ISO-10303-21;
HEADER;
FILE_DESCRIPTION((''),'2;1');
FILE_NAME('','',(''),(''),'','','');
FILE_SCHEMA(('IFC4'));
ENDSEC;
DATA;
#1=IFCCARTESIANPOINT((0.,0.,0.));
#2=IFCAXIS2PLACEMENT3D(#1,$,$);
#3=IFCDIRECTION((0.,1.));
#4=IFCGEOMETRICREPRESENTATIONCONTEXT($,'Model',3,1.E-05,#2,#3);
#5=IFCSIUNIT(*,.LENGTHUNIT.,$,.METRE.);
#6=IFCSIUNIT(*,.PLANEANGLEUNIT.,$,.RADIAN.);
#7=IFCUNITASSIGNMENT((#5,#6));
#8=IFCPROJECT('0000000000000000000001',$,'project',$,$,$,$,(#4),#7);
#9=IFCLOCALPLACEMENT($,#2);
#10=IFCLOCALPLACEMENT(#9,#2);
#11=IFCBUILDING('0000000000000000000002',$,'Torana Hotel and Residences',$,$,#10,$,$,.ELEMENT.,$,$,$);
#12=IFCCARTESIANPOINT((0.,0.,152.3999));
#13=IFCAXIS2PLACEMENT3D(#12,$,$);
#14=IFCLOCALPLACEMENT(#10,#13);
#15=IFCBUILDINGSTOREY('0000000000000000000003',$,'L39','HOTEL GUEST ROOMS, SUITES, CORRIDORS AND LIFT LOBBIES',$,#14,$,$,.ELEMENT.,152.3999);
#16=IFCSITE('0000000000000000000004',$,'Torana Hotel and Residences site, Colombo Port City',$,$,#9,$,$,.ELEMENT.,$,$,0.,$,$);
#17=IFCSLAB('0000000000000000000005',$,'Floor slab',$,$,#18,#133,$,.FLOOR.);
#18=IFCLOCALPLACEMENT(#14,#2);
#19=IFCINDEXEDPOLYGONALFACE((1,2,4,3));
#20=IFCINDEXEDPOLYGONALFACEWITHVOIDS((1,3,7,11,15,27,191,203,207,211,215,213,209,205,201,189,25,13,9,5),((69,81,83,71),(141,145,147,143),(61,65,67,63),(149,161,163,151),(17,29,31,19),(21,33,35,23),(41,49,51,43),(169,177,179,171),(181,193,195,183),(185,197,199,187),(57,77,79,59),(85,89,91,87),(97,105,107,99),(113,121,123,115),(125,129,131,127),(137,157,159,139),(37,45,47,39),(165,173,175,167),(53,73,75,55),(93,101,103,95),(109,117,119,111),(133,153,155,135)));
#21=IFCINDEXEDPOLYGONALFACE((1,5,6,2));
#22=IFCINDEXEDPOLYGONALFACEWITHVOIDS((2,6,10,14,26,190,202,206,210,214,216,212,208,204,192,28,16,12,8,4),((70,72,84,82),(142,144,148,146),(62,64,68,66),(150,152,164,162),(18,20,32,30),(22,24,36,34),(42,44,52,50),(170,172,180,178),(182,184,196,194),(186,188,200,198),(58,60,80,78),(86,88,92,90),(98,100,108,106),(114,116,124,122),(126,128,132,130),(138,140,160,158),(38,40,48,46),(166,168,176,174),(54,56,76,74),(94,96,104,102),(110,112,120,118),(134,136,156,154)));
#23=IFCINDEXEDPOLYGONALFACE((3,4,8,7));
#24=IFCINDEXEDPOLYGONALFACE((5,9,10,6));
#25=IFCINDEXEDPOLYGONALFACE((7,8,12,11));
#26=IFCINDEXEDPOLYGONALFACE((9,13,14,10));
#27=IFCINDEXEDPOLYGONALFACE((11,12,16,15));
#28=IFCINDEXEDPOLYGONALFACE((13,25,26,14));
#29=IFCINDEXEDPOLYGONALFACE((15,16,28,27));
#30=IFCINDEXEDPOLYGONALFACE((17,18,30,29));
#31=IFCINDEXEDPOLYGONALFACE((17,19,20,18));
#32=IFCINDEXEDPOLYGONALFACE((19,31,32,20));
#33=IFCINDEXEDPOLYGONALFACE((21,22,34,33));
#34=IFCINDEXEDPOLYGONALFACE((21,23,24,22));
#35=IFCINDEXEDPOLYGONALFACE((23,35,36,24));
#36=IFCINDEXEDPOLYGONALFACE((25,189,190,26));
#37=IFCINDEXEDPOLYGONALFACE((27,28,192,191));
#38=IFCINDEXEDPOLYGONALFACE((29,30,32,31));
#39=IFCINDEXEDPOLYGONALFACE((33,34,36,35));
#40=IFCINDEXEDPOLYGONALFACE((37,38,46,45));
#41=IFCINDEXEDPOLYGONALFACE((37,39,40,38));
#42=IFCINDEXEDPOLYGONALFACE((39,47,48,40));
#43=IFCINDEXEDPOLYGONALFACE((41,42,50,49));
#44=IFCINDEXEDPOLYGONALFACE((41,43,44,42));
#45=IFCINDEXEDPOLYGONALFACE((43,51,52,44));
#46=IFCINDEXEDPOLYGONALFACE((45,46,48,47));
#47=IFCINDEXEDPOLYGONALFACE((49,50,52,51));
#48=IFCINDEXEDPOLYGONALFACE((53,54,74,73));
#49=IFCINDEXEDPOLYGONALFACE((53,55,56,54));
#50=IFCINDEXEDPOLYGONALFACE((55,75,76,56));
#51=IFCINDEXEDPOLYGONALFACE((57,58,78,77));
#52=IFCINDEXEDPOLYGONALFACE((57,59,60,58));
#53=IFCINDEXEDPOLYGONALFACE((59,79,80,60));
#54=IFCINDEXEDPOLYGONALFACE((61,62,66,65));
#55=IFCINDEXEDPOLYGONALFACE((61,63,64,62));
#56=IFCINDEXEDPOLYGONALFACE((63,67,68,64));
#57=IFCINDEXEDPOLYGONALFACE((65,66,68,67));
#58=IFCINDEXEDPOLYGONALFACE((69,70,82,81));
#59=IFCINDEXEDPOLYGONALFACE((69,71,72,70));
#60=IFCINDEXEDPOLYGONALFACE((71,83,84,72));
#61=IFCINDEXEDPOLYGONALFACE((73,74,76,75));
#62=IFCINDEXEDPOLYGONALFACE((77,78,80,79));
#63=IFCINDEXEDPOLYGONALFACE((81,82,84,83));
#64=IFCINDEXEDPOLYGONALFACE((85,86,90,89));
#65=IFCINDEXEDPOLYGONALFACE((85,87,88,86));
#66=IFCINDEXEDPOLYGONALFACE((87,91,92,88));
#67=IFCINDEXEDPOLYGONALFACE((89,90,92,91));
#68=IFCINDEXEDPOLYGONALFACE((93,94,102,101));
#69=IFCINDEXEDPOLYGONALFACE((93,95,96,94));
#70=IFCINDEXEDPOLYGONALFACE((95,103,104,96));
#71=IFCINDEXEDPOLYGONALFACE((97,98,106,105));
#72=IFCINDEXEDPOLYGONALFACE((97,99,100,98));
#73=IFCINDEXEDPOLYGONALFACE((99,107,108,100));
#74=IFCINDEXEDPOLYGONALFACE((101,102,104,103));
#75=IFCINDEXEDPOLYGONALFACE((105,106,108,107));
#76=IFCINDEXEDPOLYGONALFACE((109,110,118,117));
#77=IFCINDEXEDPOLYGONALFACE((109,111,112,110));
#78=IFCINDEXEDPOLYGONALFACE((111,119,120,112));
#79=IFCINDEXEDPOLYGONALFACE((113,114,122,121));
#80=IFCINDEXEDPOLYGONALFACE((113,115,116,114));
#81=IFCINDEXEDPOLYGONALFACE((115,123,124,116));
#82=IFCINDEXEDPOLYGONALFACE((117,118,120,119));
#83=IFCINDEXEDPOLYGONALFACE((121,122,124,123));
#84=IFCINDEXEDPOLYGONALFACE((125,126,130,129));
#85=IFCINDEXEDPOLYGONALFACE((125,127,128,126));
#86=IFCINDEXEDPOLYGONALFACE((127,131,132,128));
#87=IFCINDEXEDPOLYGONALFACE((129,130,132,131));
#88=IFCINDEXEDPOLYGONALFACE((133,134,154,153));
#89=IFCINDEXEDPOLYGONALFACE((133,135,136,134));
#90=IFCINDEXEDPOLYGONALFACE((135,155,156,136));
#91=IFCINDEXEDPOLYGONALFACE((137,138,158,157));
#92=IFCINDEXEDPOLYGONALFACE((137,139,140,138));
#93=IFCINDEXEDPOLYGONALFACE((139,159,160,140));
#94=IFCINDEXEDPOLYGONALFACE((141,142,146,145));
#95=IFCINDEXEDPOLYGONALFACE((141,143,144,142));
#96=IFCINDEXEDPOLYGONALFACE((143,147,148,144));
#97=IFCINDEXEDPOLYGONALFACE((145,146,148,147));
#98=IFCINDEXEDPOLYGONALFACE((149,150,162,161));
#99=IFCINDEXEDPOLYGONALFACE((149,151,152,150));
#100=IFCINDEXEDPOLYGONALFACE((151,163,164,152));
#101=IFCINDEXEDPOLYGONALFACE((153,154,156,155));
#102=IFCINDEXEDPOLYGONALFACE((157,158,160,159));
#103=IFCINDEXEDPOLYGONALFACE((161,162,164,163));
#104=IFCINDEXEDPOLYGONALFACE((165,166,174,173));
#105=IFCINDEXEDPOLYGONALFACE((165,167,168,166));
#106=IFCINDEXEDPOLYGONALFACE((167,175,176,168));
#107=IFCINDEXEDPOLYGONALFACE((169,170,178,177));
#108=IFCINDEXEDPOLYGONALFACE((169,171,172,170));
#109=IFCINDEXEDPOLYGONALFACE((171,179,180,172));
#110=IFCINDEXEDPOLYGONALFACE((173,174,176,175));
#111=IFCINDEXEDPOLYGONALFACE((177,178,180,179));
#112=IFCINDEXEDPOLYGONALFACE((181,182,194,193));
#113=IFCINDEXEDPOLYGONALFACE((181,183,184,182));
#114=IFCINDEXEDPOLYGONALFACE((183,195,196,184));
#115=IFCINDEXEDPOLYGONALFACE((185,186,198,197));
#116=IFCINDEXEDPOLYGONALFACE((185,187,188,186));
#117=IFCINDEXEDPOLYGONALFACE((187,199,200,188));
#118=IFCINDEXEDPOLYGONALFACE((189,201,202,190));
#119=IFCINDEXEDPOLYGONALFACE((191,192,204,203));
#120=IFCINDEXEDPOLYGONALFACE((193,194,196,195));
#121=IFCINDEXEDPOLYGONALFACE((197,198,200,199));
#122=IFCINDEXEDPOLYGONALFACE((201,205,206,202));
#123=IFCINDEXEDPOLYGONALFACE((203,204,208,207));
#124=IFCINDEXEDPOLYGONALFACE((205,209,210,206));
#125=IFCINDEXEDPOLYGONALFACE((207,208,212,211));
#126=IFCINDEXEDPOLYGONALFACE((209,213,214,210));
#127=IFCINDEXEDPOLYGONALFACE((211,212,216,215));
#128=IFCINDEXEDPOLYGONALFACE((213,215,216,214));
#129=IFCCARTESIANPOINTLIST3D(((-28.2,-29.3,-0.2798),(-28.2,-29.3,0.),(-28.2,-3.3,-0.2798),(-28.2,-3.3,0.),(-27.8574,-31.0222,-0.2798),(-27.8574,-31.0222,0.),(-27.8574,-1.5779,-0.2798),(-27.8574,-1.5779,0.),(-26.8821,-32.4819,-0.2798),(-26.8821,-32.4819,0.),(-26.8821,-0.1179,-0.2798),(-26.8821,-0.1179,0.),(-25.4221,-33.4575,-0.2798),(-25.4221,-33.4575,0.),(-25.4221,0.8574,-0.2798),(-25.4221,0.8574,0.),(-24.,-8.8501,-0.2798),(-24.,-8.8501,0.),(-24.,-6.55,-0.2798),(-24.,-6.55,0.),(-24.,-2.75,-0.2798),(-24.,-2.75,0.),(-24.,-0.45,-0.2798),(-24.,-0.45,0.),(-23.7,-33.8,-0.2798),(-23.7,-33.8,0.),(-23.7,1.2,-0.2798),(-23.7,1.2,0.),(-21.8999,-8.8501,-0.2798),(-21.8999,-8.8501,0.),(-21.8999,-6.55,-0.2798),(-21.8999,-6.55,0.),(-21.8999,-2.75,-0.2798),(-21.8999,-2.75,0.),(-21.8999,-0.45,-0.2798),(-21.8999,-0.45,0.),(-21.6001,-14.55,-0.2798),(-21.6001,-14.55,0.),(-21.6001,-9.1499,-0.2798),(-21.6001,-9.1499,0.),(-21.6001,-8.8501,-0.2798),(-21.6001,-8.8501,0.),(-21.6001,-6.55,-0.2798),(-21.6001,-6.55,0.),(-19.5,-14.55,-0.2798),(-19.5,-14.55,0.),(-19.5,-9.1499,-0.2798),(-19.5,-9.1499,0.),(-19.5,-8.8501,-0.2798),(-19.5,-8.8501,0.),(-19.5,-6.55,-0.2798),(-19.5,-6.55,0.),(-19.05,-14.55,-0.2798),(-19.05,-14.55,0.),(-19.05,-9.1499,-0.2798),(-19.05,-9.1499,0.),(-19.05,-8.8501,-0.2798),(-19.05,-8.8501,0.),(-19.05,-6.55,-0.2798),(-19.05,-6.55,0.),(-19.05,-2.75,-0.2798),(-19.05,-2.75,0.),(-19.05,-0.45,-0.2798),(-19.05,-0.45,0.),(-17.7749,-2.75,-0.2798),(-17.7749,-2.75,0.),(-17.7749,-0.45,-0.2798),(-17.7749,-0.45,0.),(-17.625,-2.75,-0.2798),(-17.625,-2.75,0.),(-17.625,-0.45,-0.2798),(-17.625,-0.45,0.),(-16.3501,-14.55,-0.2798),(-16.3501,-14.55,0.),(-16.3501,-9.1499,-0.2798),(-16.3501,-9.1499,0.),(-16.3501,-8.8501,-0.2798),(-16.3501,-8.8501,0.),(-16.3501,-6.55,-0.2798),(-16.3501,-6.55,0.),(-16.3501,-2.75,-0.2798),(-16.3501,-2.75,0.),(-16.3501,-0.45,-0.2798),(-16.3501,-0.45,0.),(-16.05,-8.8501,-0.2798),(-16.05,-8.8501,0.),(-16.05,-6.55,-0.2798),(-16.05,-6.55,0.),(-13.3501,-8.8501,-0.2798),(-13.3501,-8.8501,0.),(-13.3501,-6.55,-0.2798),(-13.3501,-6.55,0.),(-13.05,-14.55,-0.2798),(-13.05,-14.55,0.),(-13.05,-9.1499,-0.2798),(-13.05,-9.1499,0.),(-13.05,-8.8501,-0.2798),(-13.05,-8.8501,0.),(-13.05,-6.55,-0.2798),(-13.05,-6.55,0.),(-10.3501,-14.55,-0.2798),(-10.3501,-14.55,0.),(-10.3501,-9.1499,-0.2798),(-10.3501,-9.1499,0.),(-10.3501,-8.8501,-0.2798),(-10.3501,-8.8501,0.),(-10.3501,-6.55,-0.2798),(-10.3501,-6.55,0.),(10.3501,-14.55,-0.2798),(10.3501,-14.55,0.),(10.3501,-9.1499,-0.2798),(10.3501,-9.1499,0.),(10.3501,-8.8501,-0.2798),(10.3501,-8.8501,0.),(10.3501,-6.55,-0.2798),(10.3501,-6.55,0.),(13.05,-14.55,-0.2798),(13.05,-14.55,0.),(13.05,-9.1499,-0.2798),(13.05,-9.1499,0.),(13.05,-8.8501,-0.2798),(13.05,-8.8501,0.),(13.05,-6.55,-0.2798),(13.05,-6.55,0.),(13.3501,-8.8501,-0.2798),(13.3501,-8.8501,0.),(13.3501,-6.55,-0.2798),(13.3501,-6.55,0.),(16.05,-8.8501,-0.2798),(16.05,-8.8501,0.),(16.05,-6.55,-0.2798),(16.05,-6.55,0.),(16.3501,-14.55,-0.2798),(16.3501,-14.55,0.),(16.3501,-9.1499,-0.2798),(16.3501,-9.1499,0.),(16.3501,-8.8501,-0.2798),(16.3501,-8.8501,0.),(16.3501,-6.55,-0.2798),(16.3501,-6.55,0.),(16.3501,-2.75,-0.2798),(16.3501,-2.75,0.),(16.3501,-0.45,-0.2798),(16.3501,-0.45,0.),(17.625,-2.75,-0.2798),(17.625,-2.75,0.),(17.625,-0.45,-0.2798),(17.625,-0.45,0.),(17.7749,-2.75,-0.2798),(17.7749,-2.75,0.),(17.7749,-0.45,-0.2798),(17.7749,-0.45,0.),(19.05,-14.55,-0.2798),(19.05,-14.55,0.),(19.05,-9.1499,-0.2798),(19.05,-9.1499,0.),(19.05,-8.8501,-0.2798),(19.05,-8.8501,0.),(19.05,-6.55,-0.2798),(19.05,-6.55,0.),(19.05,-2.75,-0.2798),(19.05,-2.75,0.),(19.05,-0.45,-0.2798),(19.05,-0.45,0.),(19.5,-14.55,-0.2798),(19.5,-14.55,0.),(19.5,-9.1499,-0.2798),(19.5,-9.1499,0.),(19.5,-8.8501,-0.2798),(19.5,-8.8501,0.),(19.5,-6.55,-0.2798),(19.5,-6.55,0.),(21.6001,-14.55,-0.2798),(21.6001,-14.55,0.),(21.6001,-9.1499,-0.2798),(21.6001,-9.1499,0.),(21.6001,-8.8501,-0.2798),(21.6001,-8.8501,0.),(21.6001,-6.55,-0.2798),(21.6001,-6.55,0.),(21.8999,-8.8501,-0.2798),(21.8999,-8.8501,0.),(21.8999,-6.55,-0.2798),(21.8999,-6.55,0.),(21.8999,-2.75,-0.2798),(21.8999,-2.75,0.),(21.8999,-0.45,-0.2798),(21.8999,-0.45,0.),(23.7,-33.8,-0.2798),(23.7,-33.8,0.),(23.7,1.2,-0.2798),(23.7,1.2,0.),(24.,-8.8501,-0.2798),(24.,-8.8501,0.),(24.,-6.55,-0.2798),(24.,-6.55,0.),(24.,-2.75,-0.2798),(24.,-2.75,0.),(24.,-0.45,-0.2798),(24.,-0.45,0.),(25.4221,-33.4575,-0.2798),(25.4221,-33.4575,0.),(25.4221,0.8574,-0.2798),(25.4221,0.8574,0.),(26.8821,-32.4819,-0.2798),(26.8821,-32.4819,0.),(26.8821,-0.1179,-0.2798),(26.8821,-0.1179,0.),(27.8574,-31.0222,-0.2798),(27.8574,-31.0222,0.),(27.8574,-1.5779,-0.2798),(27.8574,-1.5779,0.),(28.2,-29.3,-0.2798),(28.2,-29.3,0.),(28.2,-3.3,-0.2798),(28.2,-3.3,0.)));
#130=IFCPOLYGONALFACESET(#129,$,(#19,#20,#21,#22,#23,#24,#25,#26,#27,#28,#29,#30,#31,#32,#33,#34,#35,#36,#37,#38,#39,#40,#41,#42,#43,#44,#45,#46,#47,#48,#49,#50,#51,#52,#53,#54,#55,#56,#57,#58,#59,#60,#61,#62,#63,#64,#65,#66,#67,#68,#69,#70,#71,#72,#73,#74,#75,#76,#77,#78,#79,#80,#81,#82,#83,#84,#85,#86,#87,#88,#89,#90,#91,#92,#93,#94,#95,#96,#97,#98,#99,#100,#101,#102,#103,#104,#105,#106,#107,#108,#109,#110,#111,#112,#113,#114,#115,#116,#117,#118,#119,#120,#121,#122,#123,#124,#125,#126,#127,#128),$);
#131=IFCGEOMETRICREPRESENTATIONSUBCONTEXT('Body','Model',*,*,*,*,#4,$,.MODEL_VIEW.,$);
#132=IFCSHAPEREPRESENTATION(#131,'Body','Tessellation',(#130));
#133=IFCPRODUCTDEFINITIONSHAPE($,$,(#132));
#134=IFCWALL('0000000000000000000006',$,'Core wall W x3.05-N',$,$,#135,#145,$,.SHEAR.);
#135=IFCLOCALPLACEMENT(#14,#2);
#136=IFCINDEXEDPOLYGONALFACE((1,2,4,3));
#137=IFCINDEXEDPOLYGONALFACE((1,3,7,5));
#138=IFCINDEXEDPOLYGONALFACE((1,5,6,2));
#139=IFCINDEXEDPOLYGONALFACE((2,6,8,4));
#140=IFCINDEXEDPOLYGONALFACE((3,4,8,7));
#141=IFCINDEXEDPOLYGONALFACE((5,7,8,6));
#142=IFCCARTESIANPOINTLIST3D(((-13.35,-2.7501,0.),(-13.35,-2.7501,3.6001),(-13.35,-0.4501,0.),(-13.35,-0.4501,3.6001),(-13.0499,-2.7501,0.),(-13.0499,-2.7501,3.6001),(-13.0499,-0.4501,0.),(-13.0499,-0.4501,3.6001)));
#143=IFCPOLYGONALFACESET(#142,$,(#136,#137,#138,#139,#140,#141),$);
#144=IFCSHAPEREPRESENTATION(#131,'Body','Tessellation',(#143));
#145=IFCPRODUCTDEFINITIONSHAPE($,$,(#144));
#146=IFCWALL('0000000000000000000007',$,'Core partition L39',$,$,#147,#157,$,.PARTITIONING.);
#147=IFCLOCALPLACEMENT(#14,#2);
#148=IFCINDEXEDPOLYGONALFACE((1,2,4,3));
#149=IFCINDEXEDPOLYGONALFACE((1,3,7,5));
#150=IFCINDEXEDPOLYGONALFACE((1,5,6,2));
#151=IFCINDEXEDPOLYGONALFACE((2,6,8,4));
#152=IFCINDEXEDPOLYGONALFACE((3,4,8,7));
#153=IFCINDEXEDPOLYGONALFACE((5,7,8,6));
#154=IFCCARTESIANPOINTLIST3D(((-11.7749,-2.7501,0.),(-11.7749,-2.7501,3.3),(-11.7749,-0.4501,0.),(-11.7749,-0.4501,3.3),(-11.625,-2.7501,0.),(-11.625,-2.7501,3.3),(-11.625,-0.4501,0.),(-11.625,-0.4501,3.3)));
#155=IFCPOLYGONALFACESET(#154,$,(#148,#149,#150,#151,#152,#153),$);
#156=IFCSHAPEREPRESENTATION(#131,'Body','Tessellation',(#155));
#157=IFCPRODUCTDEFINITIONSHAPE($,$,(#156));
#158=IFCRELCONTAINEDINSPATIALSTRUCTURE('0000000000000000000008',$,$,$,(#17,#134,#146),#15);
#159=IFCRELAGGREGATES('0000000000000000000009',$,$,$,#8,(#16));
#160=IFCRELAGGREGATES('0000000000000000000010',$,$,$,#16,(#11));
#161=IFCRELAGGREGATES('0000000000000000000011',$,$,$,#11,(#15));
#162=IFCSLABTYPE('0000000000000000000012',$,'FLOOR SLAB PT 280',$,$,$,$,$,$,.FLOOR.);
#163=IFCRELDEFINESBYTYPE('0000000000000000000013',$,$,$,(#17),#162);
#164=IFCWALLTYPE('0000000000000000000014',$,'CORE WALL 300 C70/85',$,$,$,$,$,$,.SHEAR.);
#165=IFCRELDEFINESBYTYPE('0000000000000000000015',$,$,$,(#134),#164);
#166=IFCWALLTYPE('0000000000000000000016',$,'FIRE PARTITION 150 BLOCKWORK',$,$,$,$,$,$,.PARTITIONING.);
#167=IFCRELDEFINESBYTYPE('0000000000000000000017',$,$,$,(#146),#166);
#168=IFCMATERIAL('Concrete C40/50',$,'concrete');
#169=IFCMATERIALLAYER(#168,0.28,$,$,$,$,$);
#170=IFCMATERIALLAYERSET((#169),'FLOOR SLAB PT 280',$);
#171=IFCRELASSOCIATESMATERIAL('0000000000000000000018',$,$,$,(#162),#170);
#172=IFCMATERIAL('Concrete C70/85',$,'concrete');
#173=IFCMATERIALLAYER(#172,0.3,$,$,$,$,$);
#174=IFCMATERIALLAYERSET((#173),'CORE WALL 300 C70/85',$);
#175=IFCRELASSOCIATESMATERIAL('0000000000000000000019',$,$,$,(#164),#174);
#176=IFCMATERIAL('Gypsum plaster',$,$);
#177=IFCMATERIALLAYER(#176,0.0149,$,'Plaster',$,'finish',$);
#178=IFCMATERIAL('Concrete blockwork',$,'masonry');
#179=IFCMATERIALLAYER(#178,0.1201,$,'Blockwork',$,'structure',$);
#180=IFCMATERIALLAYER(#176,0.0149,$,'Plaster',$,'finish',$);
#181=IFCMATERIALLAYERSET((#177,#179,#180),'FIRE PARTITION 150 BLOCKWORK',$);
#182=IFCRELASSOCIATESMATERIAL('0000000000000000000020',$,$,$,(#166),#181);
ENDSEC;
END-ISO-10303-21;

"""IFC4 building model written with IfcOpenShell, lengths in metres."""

from ifc_helpers import new_model, si_unit, direction, frame, frame_2d, origin, place, context, subcontext, project, spatial, polyline, rectangle, outline, extrude, material, layer, layer_set, type_object, element, save


model = new_model("IFC4")

# Units and contexts
model_context = context("Model", 3, precision=1e-05, world=origin(), true_north=direction((0.0, 1.0)))
body_context = subcontext(model_context, "Body", "Model", "MODEL_VIEW")
ifc_project = project(units=[si_unit("LENGTHUNIT", "METRE"), si_unit("PLANEANGLEUNIT", "RADIAN")], contexts=[model_context])

# Site, building, storey
site_placement = place(None, origin())
site = spatial("IfcSite", under=ifc_project, at=site_placement, Name="Torana Hotel and Residences site, Colombo Port City", CompositionType="ELEMENT", RefElevation=0.0)
building_placement = place(site_placement, origin())
building = spatial("IfcBuilding", under=site, at=building_placement, Name="Torana Hotel and Residences", CompositionType="ELEMENT")
storey_placement = place(building_placement, frame((0.0, 0.0, 152.3999)))
storey = spatial("IfcBuildingStorey", under=building, at=storey_placement, Name="L39", Description="HOTEL GUEST ROOMS, SUITES, CORRIDORS AND LIFT LOBBIES", CompositionType="ELEMENT", Elevation=152.3999)

# Slab
ifc_material_1 = material(Name="Concrete C40/50", Category="concrete")
ifc_layer_1 = layer(ifc_material_1, 0.28)
ifc_layer_set_1 = layer_set([ifc_layer_1], Name="FLOOR SLAB PT 280")
slab_type_1 = type_object("IfcSlabType", Name="FLOOR SLAB PT 280", PredefinedType="FLOOR", material=ifc_layer_set_1)
slab_1_placement = place(storey_placement, frame((0.0, 0.0, -0.2798)))
element("IfcSlab", 1, at=slab_1_placement, inside=storey, type_object=slab_type_1, Name="Floor slab", PredefinedType="FLOOR", context=body_context, shape_type="SweptSolid", body=[
    extrude(outline(polyline([(28.2, -3.3), (27.8574, -1.5779), (26.8821, -0.1179), (25.4221, 0.8574), (23.7, 1.2), (-23.7, 1.2), (-25.4221, 0.8574), (-26.8821, -0.1179), (-27.8574, -1.5779), (-28.2, -3.3), (-28.2, -29.3), (-27.8574, -31.0222), (-26.8821, -32.4819), (-25.4221, -33.4575), (-23.7, -33.8), (23.7, -33.8), (25.4221, -33.4575), (26.8821, -32.4819), (27.8574, -31.0222), (28.2, -29.3), (28.2, -3.3)]), holes=[polyline([(-13.05, -14.55), (-10.3501, -14.55), (-10.3501, -9.1499), (-13.05, -9.1499), (-13.05, -14.55)]), polyline([(-19.05, -14.55), (-16.3501, -14.55), (-16.3501, -9.1499), (-19.05, -9.1499), (-19.05, -14.55)]), polyline([(-17.625, -2.75), (-16.3501, -2.75), (-16.3501, -0.45), (-17.625, -0.45), (-17.625, -2.75)]), polyline([(-19.05, -2.75), (-17.7749, -2.75), (-17.7749, -0.45), (-19.05, -0.45), (-19.05, -2.75)]), polyline([(-21.6001, -8.8501), (-19.5, -8.8501), (-19.5, -6.55), (-21.6001, -6.55), (-21.6001, -8.8501)]), polyline([(-24.0, -2.75), (-21.8999, -2.75), (-21.8999, -0.45), (-24.0, -0.45), (-24.0, -2.75)]), polyline([(-24.0, -8.8501), (-21.8999, -8.8501), (-21.8999, -6.55), (-24.0, -6.55), (-24.0, -8.8501)]), polyline([(-13.05, -8.8501), (-10.3501, -8.8501), (-10.3501, -6.55), (-13.05, -6.55), (-13.05, -8.8501)]), polyline([(-16.05, -8.8501), (-13.3501, -8.8501), (-13.3501, -6.55), (-16.05, -6.55), (-16.05, -8.8501)]), polyline([(-19.05, -8.8501), (-16.3501, -8.8501), (-16.3501, -6.55), (-19.05, -6.55), (-19.05, -8.8501)]), polyline([(-21.6001, -14.55), (-19.5, -14.55), (-19.5, -9.1499), (-21.6001, -9.1499), (-21.6001, -14.55)]), polyline([(10.3501, -14.55), (13.05, -14.55), (13.05, -9.1499), (10.3501, -9.1499), (10.3501, -14.55)]), polyline([(16.3501, -14.55), (19.05, -14.55), (19.05, -9.1499), (16.3501, -9.1499), (16.3501, -14.55)]), polyline([(16.3501, -2.75), (17.625, -2.75), (17.625, -0.45), (16.3501, -0.45), (16.3501, -2.75)]), polyline([(17.7749, -2.75), (19.05, -2.75), (19.05, -0.45), (17.7749, -0.45), (17.7749, -2.75)]), polyline([(19.5, -8.8501), (21.6001, -8.8501), (21.6001, -6.55), (19.5, -6.55), (19.5, -8.8501)]), polyline([(21.8999, -2.75), (24.0, -2.75), (24.0, -0.45), (21.8999, -0.45), (21.8999, -2.75)]), polyline([(21.8999, -8.8501), (24.0, -8.8501), (24.0, -6.55), (21.8999, -6.55), (21.8999, -8.8501)]), polyline([(10.3501, -8.8501), (13.05, -8.8501), (13.05, -6.55), (10.3501, -6.55), (10.3501, -8.8501)]), polyline([(13.3501, -8.8501), (16.05, -8.8501), (16.05, -6.55), (13.3501, -6.55), (13.3501, -8.8501)]), polyline([(16.3501, -8.8501), (19.05, -8.8501), (19.05, -6.55), (16.3501, -6.55), (16.3501, -8.8501)]), polyline([(19.5, -14.55), (21.6001, -14.55), (21.6001, -9.1499), (19.5, -9.1499), (19.5, -14.55)])]), origin(), (0.0, 0.0, 1.0), 0.2798),
])

# Walls
ifc_material_2 = material(Name="Concrete C70/85", Category="concrete")
ifc_layer_2 = layer(ifc_material_2, 0.3)
ifc_layer_set_2 = layer_set([ifc_layer_2], Name="CORE WALL 300 C70/85")
wall_type_1 = type_object("IfcWallType", Name="CORE WALL 300 C70/85", PredefinedType="SHEAR", material=ifc_layer_set_2)
wall_1_placement = place(storey_placement, frame((-13.2, -2.75, 0.0), z_axis=(0.0, 0.0, 1.0), x_axis=(0.0, 1.0, 0.0)))
element("IfcWall", 2, at=wall_1_placement, inside=storey, type_object=wall_type_1, Name="Core wall W x3.05-N", PredefinedType="SHEAR", context=body_context, shape_type="SweptSolid", body=[
    extrude(rectangle(XDim=2.3, YDim=0.3, at=frame_2d((1.1499, 0.0))), origin(), (0.0, 0.0, 1.0), 3.6001),
])
ifc_material_3 = material(Name="Gypsum plaster")
ifc_layer_3 = layer(ifc_material_3, 0.0149, Name="Plaster", Category="finish")
ifc_material_4 = material(Name="Concrete blockwork", Category="masonry")
ifc_layer_4 = layer(ifc_material_4, 0.1201, Name="Blockwork", Category="structure")
ifc_layer_5 = layer(ifc_material_3, 0.0149, Name="Plaster", Category="finish")
ifc_layer_set_3 = layer_set([ifc_layer_3, ifc_layer_4, ifc_layer_5], Name="FIRE PARTITION 150 BLOCKWORK")
wall_type_2 = type_object("IfcWallType", Name="FIRE PARTITION 150 BLOCKWORK", PredefinedType="PARTITIONING", material=ifc_layer_set_3)
wall_2_placement = place(storey_placement, frame((-11.7, -2.75, 0.0), z_axis=(0.0, 0.0, 1.0), x_axis=(0.0, 1.0, 0.0)))
element("IfcWall", 3, at=wall_2_placement, inside=storey, type_object=wall_type_2, Name="Core partition L39", PredefinedType="PARTITIONING", context=body_context, shape_type="SweptSolid", body=[
    extrude(rectangle(XDim=2.3, YDim=0.1499, at=frame_2d((1.1499, 0.0))), origin(), (0.0, 0.0, 1.0), 3.3),
])

save(model, "model.ifc")
